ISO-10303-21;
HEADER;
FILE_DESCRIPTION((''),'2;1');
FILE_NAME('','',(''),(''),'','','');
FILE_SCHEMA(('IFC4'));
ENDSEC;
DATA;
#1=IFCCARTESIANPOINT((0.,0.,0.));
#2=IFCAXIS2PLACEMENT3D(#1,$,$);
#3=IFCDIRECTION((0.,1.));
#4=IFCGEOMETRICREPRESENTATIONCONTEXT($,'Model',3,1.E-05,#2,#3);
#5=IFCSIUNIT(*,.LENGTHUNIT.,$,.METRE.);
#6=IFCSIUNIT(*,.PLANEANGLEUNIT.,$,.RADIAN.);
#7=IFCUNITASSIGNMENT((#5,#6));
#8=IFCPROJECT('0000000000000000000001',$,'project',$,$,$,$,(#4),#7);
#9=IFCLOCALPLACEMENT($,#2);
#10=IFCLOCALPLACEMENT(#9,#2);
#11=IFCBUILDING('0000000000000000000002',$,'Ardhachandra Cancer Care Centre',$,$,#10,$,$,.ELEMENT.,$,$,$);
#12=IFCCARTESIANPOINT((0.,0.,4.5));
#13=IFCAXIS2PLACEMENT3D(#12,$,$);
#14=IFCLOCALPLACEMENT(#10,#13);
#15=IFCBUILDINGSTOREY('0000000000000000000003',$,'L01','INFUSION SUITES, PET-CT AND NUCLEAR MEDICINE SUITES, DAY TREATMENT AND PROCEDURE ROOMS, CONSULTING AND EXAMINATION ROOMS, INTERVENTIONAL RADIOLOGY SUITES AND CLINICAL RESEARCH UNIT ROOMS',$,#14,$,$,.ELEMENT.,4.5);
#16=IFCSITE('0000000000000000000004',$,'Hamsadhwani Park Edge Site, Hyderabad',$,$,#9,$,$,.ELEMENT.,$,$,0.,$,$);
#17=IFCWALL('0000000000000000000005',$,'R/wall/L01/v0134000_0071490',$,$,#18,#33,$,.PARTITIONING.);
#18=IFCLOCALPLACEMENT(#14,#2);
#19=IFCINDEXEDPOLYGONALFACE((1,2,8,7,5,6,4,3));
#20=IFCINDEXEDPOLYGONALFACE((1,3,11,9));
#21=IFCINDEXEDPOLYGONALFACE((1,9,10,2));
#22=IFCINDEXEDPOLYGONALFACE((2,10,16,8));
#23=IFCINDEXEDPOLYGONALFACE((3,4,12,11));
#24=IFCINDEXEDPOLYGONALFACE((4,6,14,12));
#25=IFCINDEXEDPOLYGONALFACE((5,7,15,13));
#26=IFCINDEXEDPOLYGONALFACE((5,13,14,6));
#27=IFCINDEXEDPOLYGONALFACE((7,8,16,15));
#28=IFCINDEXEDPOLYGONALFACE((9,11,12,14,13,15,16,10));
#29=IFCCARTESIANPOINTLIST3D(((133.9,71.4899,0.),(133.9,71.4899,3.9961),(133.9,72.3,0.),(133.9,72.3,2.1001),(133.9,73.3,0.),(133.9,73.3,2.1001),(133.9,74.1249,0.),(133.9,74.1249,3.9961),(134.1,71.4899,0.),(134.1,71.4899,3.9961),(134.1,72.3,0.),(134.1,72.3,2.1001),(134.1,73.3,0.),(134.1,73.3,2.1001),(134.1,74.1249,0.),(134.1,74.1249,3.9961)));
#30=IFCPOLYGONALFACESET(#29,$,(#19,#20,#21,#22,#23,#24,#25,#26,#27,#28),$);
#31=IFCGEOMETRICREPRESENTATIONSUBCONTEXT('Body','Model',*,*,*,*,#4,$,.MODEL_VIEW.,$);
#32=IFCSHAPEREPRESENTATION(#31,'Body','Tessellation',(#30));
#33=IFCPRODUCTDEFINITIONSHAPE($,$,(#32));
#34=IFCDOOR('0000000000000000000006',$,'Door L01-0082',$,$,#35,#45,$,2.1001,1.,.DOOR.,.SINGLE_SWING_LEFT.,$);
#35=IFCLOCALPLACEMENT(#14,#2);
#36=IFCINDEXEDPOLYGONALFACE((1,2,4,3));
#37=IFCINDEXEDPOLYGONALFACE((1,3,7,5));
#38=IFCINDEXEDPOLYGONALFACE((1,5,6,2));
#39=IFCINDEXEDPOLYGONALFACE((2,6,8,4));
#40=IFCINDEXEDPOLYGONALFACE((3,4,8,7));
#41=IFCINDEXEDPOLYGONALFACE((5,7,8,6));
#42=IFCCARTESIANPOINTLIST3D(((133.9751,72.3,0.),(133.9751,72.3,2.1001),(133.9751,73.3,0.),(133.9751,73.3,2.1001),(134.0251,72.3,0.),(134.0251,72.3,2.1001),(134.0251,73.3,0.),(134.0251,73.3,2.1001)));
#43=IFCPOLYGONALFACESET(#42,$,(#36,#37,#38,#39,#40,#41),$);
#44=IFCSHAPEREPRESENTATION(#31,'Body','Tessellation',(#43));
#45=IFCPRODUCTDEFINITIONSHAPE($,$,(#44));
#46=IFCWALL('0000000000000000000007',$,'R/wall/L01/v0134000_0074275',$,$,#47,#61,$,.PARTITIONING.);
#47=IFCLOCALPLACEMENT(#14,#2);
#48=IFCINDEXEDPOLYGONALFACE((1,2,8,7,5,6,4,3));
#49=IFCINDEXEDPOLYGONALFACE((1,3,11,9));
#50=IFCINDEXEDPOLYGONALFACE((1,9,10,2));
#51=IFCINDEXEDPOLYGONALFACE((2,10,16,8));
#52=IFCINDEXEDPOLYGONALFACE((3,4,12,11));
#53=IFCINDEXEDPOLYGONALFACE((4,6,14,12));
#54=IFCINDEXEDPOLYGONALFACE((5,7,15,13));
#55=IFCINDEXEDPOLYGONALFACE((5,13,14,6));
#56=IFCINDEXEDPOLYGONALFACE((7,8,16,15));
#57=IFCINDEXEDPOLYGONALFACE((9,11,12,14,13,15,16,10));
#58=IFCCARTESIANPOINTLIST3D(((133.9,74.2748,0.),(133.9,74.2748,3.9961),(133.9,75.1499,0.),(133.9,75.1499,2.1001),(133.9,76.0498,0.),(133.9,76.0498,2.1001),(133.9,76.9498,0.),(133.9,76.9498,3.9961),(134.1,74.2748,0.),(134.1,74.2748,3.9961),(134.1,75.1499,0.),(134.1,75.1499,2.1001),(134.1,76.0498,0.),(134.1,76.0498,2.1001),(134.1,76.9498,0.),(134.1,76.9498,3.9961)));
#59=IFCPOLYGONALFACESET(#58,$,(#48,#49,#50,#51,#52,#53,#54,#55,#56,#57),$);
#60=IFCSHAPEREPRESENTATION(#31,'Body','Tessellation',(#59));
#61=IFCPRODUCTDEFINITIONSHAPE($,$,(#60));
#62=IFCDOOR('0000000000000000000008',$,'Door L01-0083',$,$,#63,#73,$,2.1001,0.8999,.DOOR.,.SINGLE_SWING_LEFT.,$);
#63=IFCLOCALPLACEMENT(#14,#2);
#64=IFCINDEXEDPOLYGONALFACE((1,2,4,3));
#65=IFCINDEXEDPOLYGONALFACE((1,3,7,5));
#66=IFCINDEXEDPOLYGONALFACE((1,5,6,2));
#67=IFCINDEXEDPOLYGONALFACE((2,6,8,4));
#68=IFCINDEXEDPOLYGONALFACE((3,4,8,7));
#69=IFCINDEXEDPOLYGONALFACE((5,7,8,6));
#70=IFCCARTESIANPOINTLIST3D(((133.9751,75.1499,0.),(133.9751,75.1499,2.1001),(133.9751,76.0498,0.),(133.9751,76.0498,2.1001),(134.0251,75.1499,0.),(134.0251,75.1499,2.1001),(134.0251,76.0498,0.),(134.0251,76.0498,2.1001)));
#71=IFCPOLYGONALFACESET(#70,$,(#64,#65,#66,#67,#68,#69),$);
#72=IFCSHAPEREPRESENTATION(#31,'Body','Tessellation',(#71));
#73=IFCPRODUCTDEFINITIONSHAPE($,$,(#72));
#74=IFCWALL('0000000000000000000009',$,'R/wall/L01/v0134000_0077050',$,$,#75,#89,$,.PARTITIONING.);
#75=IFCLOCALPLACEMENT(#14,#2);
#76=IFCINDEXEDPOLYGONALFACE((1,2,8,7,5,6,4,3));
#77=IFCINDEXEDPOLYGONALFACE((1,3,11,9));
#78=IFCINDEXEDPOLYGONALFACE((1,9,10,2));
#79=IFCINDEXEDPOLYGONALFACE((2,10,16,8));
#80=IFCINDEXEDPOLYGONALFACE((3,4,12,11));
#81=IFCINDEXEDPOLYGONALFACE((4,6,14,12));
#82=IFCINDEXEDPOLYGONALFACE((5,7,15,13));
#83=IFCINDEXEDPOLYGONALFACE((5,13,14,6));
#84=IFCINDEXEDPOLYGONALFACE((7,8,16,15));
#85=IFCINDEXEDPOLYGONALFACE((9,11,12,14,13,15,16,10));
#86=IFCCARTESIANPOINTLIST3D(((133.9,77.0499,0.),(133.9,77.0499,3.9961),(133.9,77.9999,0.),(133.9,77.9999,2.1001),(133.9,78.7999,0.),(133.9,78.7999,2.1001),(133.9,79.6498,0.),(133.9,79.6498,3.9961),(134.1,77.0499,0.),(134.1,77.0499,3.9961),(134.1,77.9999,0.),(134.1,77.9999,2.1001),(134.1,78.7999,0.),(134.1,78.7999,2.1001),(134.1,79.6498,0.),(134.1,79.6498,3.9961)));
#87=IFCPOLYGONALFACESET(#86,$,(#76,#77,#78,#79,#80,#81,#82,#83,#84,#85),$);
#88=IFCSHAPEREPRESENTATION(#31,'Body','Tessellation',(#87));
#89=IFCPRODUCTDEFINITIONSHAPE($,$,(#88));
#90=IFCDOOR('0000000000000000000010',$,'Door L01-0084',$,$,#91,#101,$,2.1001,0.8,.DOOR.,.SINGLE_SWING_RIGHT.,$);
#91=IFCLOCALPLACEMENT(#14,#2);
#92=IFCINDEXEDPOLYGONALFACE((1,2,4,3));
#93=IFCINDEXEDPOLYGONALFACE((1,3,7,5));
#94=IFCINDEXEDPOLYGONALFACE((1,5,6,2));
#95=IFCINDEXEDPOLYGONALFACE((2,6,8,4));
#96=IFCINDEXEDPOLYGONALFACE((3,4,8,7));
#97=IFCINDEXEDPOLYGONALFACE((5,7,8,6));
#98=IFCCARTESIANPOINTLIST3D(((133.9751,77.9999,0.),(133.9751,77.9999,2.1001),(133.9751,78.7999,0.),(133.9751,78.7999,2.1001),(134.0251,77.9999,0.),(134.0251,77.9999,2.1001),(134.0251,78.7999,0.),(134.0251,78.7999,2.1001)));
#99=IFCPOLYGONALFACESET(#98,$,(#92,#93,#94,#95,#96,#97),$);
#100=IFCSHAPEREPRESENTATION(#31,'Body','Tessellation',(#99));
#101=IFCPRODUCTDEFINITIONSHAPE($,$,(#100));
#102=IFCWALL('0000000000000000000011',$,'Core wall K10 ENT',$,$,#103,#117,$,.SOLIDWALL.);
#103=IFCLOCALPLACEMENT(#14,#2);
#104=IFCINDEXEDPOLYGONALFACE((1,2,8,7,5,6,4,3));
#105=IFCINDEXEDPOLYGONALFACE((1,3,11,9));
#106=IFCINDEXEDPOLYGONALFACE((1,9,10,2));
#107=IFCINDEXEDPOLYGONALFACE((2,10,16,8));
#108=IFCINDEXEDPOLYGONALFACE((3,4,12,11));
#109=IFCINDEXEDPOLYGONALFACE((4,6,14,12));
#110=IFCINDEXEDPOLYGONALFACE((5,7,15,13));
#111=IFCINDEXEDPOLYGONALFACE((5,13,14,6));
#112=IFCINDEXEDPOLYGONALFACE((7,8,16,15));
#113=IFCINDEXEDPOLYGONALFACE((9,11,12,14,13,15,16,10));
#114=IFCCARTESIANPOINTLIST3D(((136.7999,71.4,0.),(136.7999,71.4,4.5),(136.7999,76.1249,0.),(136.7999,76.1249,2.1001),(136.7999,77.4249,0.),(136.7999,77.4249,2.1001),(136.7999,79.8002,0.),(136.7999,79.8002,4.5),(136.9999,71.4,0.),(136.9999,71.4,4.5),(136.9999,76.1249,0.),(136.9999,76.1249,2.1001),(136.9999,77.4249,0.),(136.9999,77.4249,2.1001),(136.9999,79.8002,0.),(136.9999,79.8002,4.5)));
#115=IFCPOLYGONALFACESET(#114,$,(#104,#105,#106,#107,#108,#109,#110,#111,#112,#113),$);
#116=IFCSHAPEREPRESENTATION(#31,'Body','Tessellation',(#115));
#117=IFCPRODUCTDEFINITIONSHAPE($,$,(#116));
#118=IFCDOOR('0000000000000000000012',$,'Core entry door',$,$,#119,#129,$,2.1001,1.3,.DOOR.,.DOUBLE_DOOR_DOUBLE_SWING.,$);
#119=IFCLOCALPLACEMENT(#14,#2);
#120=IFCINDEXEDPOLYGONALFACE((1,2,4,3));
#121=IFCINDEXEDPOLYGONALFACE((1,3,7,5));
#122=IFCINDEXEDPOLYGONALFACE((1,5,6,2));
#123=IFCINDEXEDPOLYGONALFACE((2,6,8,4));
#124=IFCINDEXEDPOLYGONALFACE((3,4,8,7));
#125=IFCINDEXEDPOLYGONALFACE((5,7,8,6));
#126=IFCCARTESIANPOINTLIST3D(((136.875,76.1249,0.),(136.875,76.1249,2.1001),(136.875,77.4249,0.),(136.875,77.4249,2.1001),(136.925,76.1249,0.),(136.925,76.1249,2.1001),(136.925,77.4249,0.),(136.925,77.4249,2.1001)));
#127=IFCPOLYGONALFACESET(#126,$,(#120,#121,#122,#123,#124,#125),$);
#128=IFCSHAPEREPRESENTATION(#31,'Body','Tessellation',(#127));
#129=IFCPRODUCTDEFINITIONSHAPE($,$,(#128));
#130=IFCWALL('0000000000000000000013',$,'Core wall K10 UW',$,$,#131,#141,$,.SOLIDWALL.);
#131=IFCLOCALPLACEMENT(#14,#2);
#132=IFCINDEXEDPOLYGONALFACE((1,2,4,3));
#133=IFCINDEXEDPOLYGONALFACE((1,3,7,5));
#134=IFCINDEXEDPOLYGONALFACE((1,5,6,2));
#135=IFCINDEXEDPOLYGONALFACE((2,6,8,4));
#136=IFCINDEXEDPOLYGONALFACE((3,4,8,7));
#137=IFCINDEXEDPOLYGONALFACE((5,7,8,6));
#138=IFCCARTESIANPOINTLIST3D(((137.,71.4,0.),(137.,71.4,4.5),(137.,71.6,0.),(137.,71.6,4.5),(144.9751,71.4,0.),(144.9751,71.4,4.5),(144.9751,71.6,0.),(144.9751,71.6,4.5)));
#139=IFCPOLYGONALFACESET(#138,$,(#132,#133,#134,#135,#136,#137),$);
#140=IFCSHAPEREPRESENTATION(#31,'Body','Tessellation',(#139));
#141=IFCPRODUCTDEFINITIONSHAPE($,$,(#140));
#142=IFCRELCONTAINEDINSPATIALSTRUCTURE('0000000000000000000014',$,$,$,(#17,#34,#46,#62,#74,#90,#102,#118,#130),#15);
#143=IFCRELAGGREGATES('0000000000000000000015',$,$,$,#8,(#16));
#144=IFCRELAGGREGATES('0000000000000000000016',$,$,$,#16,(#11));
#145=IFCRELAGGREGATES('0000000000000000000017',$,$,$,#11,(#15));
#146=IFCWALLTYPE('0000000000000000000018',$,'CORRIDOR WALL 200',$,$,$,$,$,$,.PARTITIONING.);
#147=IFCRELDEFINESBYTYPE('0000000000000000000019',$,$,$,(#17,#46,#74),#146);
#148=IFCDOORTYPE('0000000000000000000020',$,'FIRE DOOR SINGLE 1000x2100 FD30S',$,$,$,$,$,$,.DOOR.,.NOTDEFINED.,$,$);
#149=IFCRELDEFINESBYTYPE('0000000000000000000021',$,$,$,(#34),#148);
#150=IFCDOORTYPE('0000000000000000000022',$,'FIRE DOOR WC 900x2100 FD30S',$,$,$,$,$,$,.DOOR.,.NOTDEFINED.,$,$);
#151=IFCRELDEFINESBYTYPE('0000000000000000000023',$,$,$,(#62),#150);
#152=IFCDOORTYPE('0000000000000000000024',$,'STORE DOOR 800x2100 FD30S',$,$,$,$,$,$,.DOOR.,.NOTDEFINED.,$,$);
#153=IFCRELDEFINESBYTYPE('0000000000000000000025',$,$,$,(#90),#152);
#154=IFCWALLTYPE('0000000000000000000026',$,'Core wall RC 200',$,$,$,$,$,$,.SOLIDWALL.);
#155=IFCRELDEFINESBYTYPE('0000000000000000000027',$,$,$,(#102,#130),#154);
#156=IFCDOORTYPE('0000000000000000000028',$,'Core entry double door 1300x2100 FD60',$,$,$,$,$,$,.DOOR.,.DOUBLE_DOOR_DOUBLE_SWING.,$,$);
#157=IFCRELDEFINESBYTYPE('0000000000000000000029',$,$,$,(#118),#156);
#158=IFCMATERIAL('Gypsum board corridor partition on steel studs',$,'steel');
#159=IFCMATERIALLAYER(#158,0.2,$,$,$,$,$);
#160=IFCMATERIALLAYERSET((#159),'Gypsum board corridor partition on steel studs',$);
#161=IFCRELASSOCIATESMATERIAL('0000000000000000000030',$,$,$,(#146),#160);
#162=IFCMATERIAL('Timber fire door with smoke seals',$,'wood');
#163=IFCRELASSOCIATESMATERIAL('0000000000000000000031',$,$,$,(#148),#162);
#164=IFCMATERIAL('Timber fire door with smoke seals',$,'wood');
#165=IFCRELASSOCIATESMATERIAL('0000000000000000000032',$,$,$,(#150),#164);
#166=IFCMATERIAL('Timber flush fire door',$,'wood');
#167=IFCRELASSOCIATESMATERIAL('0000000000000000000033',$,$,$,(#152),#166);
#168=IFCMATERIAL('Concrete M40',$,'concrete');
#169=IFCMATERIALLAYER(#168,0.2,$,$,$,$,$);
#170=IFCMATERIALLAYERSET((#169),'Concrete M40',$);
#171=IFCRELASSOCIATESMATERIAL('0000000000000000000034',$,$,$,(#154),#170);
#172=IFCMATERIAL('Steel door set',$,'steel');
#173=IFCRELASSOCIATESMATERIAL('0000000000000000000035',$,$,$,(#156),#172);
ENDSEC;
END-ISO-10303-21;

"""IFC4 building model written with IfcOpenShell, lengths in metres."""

from ifc_helpers import new_model, si_unit, direction, frame, frame_2d, origin, place, context, subcontext, project, spatial, rectangle, extrude, material, layer, layer_set, type_object, element, fill, save


model = new_model("IFC4")

# Units and contexts
model_context = context("Model", 3, precision=1e-05, world=origin(), true_north=direction((0.0, 1.0)))
body_context = subcontext(model_context, "Body", "Model", "MODEL_VIEW")
ifc_project = project(units=[si_unit("LENGTHUNIT", "METRE"), si_unit("PLANEANGLEUNIT", "RADIAN")], contexts=[model_context])

# Site, building, storey
site_placement = place(None, origin())
site = spatial("IfcSite", under=ifc_project, at=site_placement, Name="Hamsadhwani Park Edge Site, Hyderabad", CompositionType="ELEMENT", RefElevation=0.0)
building_placement = place(site_placement, origin())
building = spatial("IfcBuilding", under=site, at=building_placement, Name="Ardhachandra Cancer Care Centre", CompositionType="ELEMENT")
storey_placement = place(building_placement, frame((0.0, 0.0, 4.5)))
storey = spatial("IfcBuildingStorey", under=building, at=storey_placement, Name="L01", Description="INFUSION SUITES, PET-CT AND NUCLEAR MEDICINE SUITES, DAY TREATMENT AND PROCEDURE ROOMS, CONSULTING AND EXAMINATION ROOMS, INTERVENTIONAL RADIOLOGY SUITES AND CLINICAL RESEARCH UNIT ROOMS", CompositionType="ELEMENT", Elevation=4.5)

# Walls, openings, doors
ifc_material_1 = material(Name="Gypsum board corridor partition on steel studs", Category="steel")
ifc_layer_1 = layer(ifc_material_1, 0.2)
ifc_layer_set_1 = layer_set([ifc_layer_1], Name="Gypsum board corridor partition on steel studs")
wall_type_1 = type_object("IfcWallType", Name="CORRIDOR WALL 200", PredefinedType="PARTITIONING", material=ifc_layer_set_1)
wall_1_placement = place(storey_placement, frame((134.0, 71.49, 0.0), z_axis=(0.0, 0.0, 1.0), x_axis=(0.0, 1.0, 0.0)))
wall_1 = element("IfcWall", 1, at=wall_1_placement, inside=storey, type_object=wall_type_1, Name="R/wall/L01/v0134000_0071490", PredefinedType="PARTITIONING", context=body_context, shape_type="SweptSolid", body=[
    extrude(rectangle(XDim=2.635, YDim=0.2, at=frame_2d((1.3174, 0.0))), origin(), (0.0, 0.0, 1.0), 3.9961),
])
opening_1_placement = place(wall_1_placement, frame((0.8101, 0.0, 0.0)))
opening_1 = element("IfcOpeningElement", 2, at=opening_1_placement, cuts=wall_1, PredefinedType="OPENING", context=body_context, shape_type="SweptSolid", body=[
    extrude(rectangle(XDim=1.0, YDim=2.1001, at=frame_2d((0.5, 1.05))), frame((0.0, 0.1099, 0.0), z_axis=(0.0, -1.0, 0.0), x_axis=(1.0, 0.0, 0.0)), (0.0, 0.0, 1.0), 0.22),
])
ifc_material_2 = material(Name="Timber fire door with smoke seals", Category="wood")
door_type_1 = type_object("IfcDoorType", Name="FIRE DOOR SINGLE 1000x2100 FD30S", OperationType="NOTDEFINED", PredefinedType="DOOR", material=ifc_material_2)
door_1_placement = place(opening_1_placement, origin())
door_1 = element("IfcDoor", 3, at=door_1_placement, inside=storey, type_object=door_type_1, Name="Door L01-0082", OperationType="SINGLE_SWING_LEFT", OverallHeight=2.1001, OverallWidth=1.0, PredefinedType="DOOR", context=body_context, shape_type="SweptSolid", body=[
    extrude(rectangle(XDim=1.0, YDim=2.1001, at=frame_2d((0.5, 1.05))), frame((0.0, 0.0249, 0.0), z_axis=(0.0, -1.0, 0.0), x_axis=(1.0, 0.0, 0.0)), (0.0, 0.0, 1.0), 0.05),
])
fill(opening_1, door_1)
wall_2_placement = place(storey_placement, frame((134.0, 74.2749, 0.0), z_axis=(0.0, 0.0, 1.0), x_axis=(0.0, 1.0, 0.0)))
wall_2 = element("IfcWall", 4, at=wall_2_placement, inside=storey, type_object=wall_type_1, Name="R/wall/L01/v0134000_0074275", PredefinedType="PARTITIONING", context=body_context, shape_type="SweptSolid", body=[
    extrude(rectangle(XDim=2.675, YDim=0.2, at=frame_2d((1.3374, 0.0))), origin(), (0.0, 0.0, 1.0), 3.9961),
])
opening_2_placement = place(wall_2_placement, frame((0.875, 0.0, 0.0)))
opening_2 = element("IfcOpeningElement", 5, at=opening_2_placement, cuts=wall_2, PredefinedType="OPENING", context=body_context, shape_type="SweptSolid", body=[
    extrude(rectangle(XDim=0.8999, YDim=2.1001, at=frame_2d((0.45, 1.05))), frame((0.0, 0.1099, 0.0), z_axis=(0.0, -1.0, 0.0), x_axis=(1.0, 0.0, 0.0)), (0.0, 0.0, 1.0), 0.22),
])
ifc_material_3 = material(Name="Timber fire door with smoke seals", Category="wood")
door_type_2 = type_object("IfcDoorType", Name="FIRE DOOR WC 900x2100 FD30S", OperationType="NOTDEFINED", PredefinedType="DOOR", material=ifc_material_3)
door_2_placement = place(opening_2_placement, origin())
door_2 = element("IfcDoor", 6, at=door_2_placement, inside=storey, type_object=door_type_2, Name="Door L01-0083", OperationType="SINGLE_SWING_LEFT", OverallHeight=2.1001, OverallWidth=0.8999, PredefinedType="DOOR", context=body_context, shape_type="SweptSolid", body=[
    extrude(rectangle(XDim=0.8999, YDim=2.1001, at=frame_2d((0.45, 1.05))), frame((0.0, 0.0249, 0.0), z_axis=(0.0, -1.0, 0.0), x_axis=(1.0, 0.0, 0.0)), (0.0, 0.0, 1.0), 0.05),
])
fill(opening_2, door_2)
wall_3_placement = place(storey_placement, frame((134.0, 77.05, 0.0), z_axis=(0.0, 0.0, 1.0), x_axis=(0.0, 1.0, 0.0)))
wall_3 = element("IfcWall", 7, at=wall_3_placement, inside=storey, type_object=wall_type_1, Name="R/wall/L01/v0134000_0077050", PredefinedType="PARTITIONING", context=body_context, shape_type="SweptSolid", body=[
    extrude(rectangle(XDim=2.5999, YDim=0.2, at=frame_2d((1.2998, 0.0))), origin(), (0.0, 0.0, 1.0), 3.9961),
])
opening_3_placement = place(wall_3_placement, frame((0.95, 0.0, 0.0)))
opening_3 = element("IfcOpeningElement", 8, at=opening_3_placement, cuts=wall_3, PredefinedType="OPENING", context=body_context, shape_type="SweptSolid", body=[
    extrude(rectangle(XDim=0.8, YDim=2.1001, at=frame_2d((0.3999, 1.05))), frame((0.0, 0.1099, 0.0), z_axis=(0.0, -1.0, 0.0), x_axis=(1.0, 0.0, 0.0)), (0.0, 0.0, 1.0), 0.22),
])
ifc_material_4 = material(Name="Timber flush fire door", Category="wood")
door_type_3 = type_object("IfcDoorType", Name="STORE DOOR 800x2100 FD30S", OperationType="NOTDEFINED", PredefinedType="DOOR", material=ifc_material_4)
door_3_placement = place(opening_3_placement, origin())
door_3 = element("IfcDoor", 9, at=door_3_placement, inside=storey, type_object=door_type_3, Name="Door L01-0084", OperationType="SINGLE_SWING_RIGHT", OverallHeight=2.1001, OverallWidth=0.8, PredefinedType="DOOR", context=body_context, shape_type="SweptSolid", body=[
    extrude(rectangle(XDim=0.8, YDim=2.1001, at=frame_2d((0.3999, 1.05))), frame((0.0, 0.0249, 0.0), z_axis=(0.0, -1.0, 0.0), x_axis=(1.0, 0.0, 0.0)), (0.0, 0.0, 1.0), 0.05),
])
fill(opening_3, door_3)
ifc_material_5 = material(Name="Concrete M40", Category="concrete")
ifc_layer_2 = layer(ifc_material_5, 0.2)
ifc_layer_set_2 = layer_set([ifc_layer_2], Name="Concrete M40")
wall_type_2 = type_object("IfcWallType", Name="Core wall RC 200", PredefinedType="SOLIDWALL", material=ifc_layer_set_2)
wall_4_placement = place(storey_placement, frame((136.8999, 71.3999, 0.0), z_axis=(0.0, 0.0, 1.0), x_axis=(0.0, 1.0, 0.0)))
wall_4 = element("IfcWall", 10, at=wall_4_placement, inside=storey, type_object=wall_type_2, Name="Core wall K10 ENT", PredefinedType="SOLIDWALL", context=body_context, shape_type="SweptSolid", body=[
    extrude(rectangle(XDim=8.4001, YDim=0.2, at=frame_2d((4.2002, 0.0))), origin(), (0.0, 0.0, 1.0), 4.5),
])
opening_4_placement = place(wall_4_placement, frame((4.7251, 0.0, 0.0)))
opening_4 = element("IfcOpeningElement", 11, at=opening_4_placement, cuts=wall_4, PredefinedType="OPENING", context=body_context, shape_type="SweptSolid", body=[
    extrude(rectangle(XDim=1.3, YDim=2.1001, at=frame_2d((0.6499, 1.05))), frame((0.0, 0.1099, 0.0), z_axis=(0.0, -1.0, 0.0), x_axis=(1.0, 0.0, 0.0)), (0.0, 0.0, 1.0), 0.22),
])
ifc_material_6 = material(Name="Steel door set", Category="steel")
door_type_4 = type_object("IfcDoorType", Name="Core entry double door 1300x2100 FD60", OperationType="DOUBLE_DOOR_DOUBLE_SWING", PredefinedType="DOOR", material=ifc_material_6)
door_4_placement = place(opening_4_placement, origin())
door_4 = element("IfcDoor", 12, at=door_4_placement, inside=storey, type_object=door_type_4, Name="Core entry door", OperationType="DOUBLE_DOOR_DOUBLE_SWING", OverallHeight=2.1001, OverallWidth=1.3, PredefinedType="DOOR", context=body_context, shape_type="SweptSolid", body=[
    extrude(rectangle(XDim=1.3, YDim=2.1001, at=frame_2d((0.6499, 1.05))), frame((0.0, 0.0249, 0.0), z_axis=(0.0, -1.0, 0.0), x_axis=(1.0, 0.0, 0.0)), (0.0, 0.0, 1.0), 0.05),
])
fill(opening_4, door_4)

# Wall
wall_5_placement = place(storey_placement, frame((137.0, 71.5, 0.0), z_axis=(0.0, 0.0, 1.0), x_axis=(1.0, 0.0, 0.0)))
element("IfcWall", 13, at=wall_5_placement, inside=storey, type_object=wall_type_2, Name="Core wall K10 UW", PredefinedType="SOLIDWALL", context=body_context, shape_type="SweptSolid", body=[
    extrude(rectangle(XDim=7.9751, YDim=0.2, at=frame_2d((3.9875, 0.0))), origin(), (0.0, 0.0, 1.0), 4.5),
])

save(model, "model.ifc")
